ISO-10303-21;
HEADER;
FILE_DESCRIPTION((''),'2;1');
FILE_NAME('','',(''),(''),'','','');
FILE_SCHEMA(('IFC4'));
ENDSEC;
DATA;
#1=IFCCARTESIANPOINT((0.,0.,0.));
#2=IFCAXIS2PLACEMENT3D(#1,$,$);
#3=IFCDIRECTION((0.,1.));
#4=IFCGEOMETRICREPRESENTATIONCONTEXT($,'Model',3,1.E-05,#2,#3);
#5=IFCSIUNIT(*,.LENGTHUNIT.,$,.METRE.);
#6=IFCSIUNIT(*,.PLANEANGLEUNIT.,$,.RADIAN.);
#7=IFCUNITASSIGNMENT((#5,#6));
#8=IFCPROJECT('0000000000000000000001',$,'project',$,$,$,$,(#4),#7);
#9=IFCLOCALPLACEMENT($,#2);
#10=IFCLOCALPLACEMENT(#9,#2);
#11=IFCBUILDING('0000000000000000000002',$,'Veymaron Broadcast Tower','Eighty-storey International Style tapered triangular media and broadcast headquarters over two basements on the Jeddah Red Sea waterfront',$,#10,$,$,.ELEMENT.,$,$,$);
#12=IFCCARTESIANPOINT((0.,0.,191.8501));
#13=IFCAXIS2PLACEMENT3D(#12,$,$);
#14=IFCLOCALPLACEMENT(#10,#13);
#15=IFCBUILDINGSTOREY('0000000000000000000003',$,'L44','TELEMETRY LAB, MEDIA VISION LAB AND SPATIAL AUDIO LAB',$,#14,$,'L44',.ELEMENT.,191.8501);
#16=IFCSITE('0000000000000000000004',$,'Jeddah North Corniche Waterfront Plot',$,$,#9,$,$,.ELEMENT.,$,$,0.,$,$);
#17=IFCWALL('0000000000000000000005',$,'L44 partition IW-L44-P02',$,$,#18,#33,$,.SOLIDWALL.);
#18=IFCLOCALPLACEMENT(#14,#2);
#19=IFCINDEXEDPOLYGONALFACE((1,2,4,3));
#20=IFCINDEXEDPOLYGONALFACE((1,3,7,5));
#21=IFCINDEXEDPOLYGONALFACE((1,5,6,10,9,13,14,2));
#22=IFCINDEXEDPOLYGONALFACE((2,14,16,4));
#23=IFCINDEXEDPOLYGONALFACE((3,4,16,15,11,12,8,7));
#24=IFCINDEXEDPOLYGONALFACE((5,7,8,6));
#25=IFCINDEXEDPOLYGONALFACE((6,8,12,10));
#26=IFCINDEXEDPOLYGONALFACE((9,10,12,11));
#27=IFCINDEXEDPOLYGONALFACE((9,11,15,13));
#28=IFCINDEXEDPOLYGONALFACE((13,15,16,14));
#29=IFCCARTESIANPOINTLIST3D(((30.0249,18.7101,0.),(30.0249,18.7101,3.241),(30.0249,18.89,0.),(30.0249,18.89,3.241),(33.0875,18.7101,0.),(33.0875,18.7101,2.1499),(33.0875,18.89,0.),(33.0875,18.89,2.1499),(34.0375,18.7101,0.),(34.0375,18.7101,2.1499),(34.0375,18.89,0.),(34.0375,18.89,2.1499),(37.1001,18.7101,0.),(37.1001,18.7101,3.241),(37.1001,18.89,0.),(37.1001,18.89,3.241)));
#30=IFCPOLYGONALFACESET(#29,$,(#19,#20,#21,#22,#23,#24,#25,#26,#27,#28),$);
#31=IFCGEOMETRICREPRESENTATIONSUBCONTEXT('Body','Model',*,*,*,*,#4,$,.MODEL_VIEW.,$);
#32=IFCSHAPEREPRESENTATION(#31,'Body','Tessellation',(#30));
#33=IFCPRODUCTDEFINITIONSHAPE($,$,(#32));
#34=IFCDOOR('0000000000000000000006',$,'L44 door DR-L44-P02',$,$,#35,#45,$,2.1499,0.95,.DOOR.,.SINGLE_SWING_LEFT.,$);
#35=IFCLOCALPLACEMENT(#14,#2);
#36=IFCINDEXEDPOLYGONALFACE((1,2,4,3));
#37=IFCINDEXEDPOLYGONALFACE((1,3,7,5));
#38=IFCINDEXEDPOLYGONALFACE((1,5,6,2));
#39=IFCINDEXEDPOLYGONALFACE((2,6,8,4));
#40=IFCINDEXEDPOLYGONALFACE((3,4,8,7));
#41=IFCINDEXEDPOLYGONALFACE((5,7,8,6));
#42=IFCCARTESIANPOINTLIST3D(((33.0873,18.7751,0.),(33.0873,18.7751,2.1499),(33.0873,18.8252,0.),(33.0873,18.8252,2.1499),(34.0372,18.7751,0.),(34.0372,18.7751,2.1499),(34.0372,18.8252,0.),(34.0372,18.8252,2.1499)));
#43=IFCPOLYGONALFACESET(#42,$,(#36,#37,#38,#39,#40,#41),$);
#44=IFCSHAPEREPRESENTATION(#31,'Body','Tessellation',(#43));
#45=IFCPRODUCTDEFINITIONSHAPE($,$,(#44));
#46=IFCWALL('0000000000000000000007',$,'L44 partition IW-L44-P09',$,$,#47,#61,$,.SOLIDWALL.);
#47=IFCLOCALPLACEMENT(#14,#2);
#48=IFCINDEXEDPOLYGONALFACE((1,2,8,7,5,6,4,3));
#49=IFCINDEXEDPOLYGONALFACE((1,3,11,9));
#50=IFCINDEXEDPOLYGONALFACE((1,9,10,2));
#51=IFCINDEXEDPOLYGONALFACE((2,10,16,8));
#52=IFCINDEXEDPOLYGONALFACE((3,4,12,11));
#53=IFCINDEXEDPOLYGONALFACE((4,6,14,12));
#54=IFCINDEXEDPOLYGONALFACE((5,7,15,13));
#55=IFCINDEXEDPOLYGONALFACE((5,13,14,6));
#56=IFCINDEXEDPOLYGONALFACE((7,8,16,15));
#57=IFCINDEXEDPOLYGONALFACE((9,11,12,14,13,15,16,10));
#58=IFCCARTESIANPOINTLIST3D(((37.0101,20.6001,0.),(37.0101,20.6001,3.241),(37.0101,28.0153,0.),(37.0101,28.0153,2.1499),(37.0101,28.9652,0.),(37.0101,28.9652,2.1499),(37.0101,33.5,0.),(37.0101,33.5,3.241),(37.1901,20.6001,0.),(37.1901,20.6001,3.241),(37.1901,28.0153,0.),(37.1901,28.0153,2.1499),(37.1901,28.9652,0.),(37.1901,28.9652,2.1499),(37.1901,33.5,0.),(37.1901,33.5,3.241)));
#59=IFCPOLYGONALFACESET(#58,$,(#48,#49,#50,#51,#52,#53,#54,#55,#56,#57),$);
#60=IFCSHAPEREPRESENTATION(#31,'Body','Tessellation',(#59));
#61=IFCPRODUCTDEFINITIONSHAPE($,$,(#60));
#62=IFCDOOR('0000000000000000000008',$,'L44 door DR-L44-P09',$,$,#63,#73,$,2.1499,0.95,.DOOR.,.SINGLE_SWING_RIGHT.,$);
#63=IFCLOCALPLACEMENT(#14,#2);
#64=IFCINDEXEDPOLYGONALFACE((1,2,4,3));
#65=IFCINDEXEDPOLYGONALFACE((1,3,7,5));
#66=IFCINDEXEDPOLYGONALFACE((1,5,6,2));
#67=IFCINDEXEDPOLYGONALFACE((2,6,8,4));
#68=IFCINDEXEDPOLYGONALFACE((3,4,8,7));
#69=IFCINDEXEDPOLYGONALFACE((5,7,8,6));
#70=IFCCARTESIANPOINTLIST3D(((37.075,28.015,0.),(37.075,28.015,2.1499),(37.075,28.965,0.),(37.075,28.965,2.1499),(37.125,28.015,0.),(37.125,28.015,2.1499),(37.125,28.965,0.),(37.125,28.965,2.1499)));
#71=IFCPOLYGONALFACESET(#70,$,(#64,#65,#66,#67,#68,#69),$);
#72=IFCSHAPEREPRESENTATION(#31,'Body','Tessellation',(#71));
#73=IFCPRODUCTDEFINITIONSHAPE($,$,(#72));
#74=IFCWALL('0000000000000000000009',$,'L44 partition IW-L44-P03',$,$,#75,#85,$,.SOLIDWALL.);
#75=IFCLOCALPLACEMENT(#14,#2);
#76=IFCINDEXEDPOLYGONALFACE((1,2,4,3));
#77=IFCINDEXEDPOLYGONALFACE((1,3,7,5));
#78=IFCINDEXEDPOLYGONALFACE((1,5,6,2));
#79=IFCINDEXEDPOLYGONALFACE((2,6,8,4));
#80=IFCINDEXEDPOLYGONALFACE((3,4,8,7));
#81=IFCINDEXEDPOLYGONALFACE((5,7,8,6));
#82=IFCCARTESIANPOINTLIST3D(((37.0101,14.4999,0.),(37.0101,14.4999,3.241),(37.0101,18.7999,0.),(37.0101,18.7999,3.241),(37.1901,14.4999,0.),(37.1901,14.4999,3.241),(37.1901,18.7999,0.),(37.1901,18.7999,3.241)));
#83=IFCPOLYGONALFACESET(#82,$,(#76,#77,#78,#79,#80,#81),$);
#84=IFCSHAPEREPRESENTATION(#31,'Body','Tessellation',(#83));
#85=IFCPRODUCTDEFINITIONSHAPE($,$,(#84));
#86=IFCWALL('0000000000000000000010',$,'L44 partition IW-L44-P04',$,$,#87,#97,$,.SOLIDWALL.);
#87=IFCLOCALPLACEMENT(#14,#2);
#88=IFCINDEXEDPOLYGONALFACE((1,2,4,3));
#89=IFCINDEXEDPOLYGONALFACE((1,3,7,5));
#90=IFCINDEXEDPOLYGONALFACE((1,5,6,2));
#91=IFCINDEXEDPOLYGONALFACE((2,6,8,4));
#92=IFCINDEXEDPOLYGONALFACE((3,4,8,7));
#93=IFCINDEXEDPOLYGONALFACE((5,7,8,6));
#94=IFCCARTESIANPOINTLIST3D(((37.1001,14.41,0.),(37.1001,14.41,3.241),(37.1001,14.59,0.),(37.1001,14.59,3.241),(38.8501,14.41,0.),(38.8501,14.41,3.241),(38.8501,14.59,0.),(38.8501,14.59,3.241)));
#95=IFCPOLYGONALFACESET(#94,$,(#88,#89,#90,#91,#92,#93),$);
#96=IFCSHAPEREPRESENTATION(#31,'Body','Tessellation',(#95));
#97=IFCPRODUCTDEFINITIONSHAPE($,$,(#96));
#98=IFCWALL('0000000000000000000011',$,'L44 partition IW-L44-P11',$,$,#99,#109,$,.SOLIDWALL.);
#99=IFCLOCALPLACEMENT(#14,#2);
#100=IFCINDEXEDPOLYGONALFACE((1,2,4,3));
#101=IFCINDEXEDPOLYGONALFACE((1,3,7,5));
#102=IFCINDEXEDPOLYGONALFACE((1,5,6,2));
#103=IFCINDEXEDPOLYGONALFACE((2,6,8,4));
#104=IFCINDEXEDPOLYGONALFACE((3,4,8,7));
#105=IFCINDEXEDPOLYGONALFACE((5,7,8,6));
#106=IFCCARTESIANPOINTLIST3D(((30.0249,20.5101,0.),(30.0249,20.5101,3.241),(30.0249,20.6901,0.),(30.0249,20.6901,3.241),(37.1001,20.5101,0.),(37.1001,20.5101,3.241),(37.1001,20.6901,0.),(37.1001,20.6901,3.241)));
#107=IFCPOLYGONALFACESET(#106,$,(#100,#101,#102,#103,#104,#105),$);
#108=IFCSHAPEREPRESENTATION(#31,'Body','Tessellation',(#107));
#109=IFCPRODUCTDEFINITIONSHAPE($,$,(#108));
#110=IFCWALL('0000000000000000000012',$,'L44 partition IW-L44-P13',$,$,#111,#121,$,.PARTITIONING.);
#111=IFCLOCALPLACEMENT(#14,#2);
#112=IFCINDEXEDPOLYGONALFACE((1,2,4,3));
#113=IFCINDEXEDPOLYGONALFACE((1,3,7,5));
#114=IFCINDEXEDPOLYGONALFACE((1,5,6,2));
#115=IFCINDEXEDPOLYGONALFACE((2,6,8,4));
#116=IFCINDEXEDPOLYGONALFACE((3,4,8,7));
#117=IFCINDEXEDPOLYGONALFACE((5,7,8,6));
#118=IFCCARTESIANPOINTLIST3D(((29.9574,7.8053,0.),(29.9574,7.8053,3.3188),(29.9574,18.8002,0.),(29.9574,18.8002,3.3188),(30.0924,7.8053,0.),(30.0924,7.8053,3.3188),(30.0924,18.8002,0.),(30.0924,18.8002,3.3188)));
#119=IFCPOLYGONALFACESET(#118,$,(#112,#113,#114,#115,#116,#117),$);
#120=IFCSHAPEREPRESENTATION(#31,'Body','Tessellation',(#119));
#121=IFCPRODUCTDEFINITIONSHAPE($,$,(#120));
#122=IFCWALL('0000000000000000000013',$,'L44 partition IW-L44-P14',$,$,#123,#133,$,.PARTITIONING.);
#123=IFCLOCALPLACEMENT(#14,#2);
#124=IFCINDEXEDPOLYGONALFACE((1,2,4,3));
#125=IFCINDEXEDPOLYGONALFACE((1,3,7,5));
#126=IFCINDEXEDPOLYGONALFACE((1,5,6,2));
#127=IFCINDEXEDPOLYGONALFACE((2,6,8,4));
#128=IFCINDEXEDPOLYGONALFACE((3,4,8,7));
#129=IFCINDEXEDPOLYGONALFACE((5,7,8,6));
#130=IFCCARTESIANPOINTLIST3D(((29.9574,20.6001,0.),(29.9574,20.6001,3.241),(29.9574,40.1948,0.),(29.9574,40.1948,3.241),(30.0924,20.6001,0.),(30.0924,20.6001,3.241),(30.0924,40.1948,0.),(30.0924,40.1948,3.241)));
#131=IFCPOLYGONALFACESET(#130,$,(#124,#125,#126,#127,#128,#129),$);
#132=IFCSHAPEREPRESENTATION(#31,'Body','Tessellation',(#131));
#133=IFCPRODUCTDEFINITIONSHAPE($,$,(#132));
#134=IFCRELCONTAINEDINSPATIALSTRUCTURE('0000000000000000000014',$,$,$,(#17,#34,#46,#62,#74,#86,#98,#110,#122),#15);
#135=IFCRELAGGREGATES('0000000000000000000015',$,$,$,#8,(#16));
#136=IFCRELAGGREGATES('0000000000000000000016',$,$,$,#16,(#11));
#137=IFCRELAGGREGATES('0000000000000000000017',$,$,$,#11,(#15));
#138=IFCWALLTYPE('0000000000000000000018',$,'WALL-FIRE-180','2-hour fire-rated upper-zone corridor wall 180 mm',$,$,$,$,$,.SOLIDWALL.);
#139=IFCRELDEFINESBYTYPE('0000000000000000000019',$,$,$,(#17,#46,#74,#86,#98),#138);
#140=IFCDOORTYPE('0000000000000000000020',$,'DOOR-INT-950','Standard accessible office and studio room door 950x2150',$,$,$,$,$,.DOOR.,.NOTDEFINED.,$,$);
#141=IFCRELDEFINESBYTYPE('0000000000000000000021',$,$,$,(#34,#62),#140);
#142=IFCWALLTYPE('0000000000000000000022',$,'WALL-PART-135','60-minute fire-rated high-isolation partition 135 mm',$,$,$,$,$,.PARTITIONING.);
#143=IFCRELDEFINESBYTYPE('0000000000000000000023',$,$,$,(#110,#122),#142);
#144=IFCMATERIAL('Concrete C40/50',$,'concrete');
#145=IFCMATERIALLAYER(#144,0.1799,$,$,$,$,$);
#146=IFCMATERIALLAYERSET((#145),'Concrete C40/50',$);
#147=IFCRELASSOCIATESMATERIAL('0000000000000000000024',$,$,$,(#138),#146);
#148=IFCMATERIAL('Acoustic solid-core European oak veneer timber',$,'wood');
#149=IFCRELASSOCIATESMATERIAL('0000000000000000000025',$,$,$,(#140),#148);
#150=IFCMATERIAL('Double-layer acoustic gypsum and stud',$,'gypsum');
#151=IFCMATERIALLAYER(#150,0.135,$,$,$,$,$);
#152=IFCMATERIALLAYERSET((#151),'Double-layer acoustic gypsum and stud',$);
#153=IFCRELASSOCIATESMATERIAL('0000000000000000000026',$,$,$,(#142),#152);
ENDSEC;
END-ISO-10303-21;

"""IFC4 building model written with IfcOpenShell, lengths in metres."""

from ifc_helpers import new_model, si_unit, direction, frame, frame_2d, origin, place, context, subcontext, project, spatial, rectangle, extrude, material, layer, layer_set, type_object, element, fill, save


model = new_model("IFC4")

# Units and contexts
model_context = context("Model", 3, precision=1e-05, world=origin(), true_north=direction((0.0, 1.0)))
body_context = subcontext(model_context, "Body", "Model", "MODEL_VIEW")
ifc_project = project(units=[si_unit("LENGTHUNIT", "METRE"), si_unit("PLANEANGLEUNIT", "RADIAN")], contexts=[model_context])

# Site, building, storey
site_placement = place(None, origin())
site = spatial("IfcSite", under=ifc_project, at=site_placement, Name="Jeddah North Corniche Waterfront Plot", CompositionType="ELEMENT", RefElevation=0.0)
building_placement = place(site_placement, origin())
building = spatial("IfcBuilding", under=site, at=building_placement, Name="Veymaron Broadcast Tower", Description="Eighty-storey International Style tapered triangular media and broadcast headquarters over two basements on the Jeddah Red Sea waterfront", CompositionType="ELEMENT")
storey_placement = place(building_placement, frame((0.0, 0.0, 191.8501)))
storey = spatial("IfcBuildingStorey", under=building, at=storey_placement, Name="L44", Description="TELEMETRY LAB, MEDIA VISION LAB AND SPATIAL AUDIO LAB", LongName="L44", CompositionType="ELEMENT", Elevation=191.8501)

# Walls, openings, doors
ifc_material_1 = material(Name="Concrete C40/50", Category="concrete")
ifc_layer_1 = layer(ifc_material_1, 0.1799)
ifc_layer_set_1 = layer_set([ifc_layer_1], Name="Concrete C40/50")
wall_type_1 = type_object("IfcWallType", Name="WALL-FIRE-180", Description="2-hour fire-rated upper-zone corridor wall 180 mm", PredefinedType="SOLIDWALL", material=ifc_layer_set_1)
wall_1_placement = place(storey_placement, frame((30.0249, 18.8, 0.0), z_axis=(0.0, 0.0, 1.0), x_axis=(1.0, 0.0, 0.0)))
wall_1 = element("IfcWall", 1, at=wall_1_placement, inside=storey, type_object=wall_type_1, Name="L44 partition IW-L44-P02", PredefinedType="SOLIDWALL", context=body_context, shape_type="SweptSolid", body=[
    extrude(rectangle(XDim=7.0752, YDim=0.1799, at=frame_2d((3.5376, 0.0))), origin(), (0.0, 0.0, 1.0), 3.241),
])
opening_1_placement = place(wall_1_placement, frame((3.0625, 0.0, 0.0)))
opening_1 = element("IfcOpeningElement", 2, at=opening_1_placement, cuts=wall_1, PredefinedType="OPENING", context=body_context, shape_type="SweptSolid", body=[
    extrude(rectangle(XDim=0.95, YDim=2.1499, at=frame_2d((0.4751, 1.075))), frame((0.0, 0.1001, 0.0), z_axis=(0.0, -1.0, 0.0), x_axis=(1.0, 0.0, 0.0)), (0.0, 0.0, 1.0), 0.2),
])
ifc_material_2 = material(Name="Acoustic solid-core European oak veneer timber", Category="wood")
door_type = type_object("IfcDoorType", Name="DOOR-INT-950", Description="Standard accessible office and studio room door 950x2150", OperationType="NOTDEFINED", PredefinedType="DOOR", material=ifc_material_2)
door_1_placement = place(opening_1_placement, frame((0.95, 0.0, 0.0), z_axis=(0.0, 0.0, 1.0), x_axis=(-1.0, 0.0, 0.0)))
door_1 = element("IfcDoor", 3, at=door_1_placement, inside=storey, type_object=door_type, Name="L44 door DR-L44-P02", OperationType="SINGLE_SWING_LEFT", OverallHeight=2.1499, OverallWidth=0.95, PredefinedType="DOOR", context=body_context, shape_type="SweptSolid", body=[
    extrude(rectangle(XDim=0.95, YDim=2.1499, at=frame_2d((0.4751, 1.075))), frame((0.0, 0.0249, 0.0), z_axis=(0.0, -1.0, 0.0), x_axis=(1.0, 0.0, 0.0)), (0.0, 0.0, 1.0), 0.05),
])
fill(opening_1, door_1)
wall_2_placement = place(storey_placement, frame((37.1001, 20.6001, 0.0), z_axis=(0.0, 0.0, 1.0), x_axis=(0.0, 1.0, 0.0)))
wall_2 = element("IfcWall", 4, at=wall_2_placement, inside=storey, type_object=wall_type_1, Name="L44 partition IW-L44-P09", PredefinedType="SOLIDWALL", context=body_context, shape_type="SweptSolid", body=[
    extrude(rectangle(XDim=12.8999, YDim=0.1799, at=frame_2d((6.45, 0.0))), origin(), (0.0, 0.0, 1.0), 3.241),
])
opening_2_placement = place(wall_2_placement, frame((7.415, 0.0, 0.0)))
opening_2 = element("IfcOpeningElement", 5, at=opening_2_placement, cuts=wall_2, PredefinedType="OPENING", context=body_context, shape_type="SweptSolid", body=[
    extrude(rectangle(XDim=0.95, YDim=2.1499, at=frame_2d((0.4751, 1.075))), frame((0.0, 0.1001, 0.0), z_axis=(0.0, -1.0, 0.0), x_axis=(1.0, 0.0, 0.0)), (0.0, 0.0, 1.0), 0.2),
])
door_2_placement = place(opening_2_placement, frame((0.95, 0.0, 0.0), z_axis=(0.0, 0.0, 1.0), x_axis=(-1.0, 0.0, 0.0)))
door_2 = element("IfcDoor", 6, at=door_2_placement, inside=storey, type_object=door_type, Name="L44 door DR-L44-P09", OperationType="SINGLE_SWING_RIGHT", OverallHeight=2.1499, OverallWidth=0.95, PredefinedType="DOOR", context=body_context, shape_type="SweptSolid", body=[
    extrude(rectangle(XDim=0.95, YDim=2.1499, at=frame_2d((0.4751, 1.075))), frame((0.0, 0.0249, 0.0), z_axis=(0.0, -1.0, 0.0), x_axis=(1.0, 0.0, 0.0)), (0.0, 0.0, 1.0), 0.05),
])
fill(opening_2, door_2)

# Walls
wall_3_placement = place(storey_placement, frame((37.1001, 14.5, 0.0), z_axis=(0.0, 0.0, 1.0), x_axis=(0.0, 1.0, 0.0)))
element("IfcWall", 7, at=wall_3_placement, inside=storey, type_object=wall_type_1, Name="L44 partition IW-L44-P03", PredefinedType="SOLIDWALL", context=body_context, shape_type="SweptSolid", body=[
    extrude(rectangle(XDim=4.3, YDim=0.1799, at=frame_2d((2.1499, 0.0))), origin(), (0.0, 0.0, 1.0), 3.241),
])
wall_4_placement = place(storey_placement, frame((37.1001, 14.5, 0.0), z_axis=(0.0, 0.0, 1.0), x_axis=(1.0, 0.0, 0.0)))
element("IfcWall", 8, at=wall_4_placement, inside=storey, type_object=wall_type_1, Name="L44 partition IW-L44-P04", PredefinedType="SOLIDWALL", context=body_context, shape_type="SweptSolid", body=[
    extrude(rectangle(XDim=1.75, YDim=0.1799, at=frame_2d((0.875, 0.0))), origin(), (0.0, 0.0, 1.0), 3.241),
])
wall_5_placement = place(storey_placement, frame((30.0249, 20.6001, 0.0), z_axis=(0.0, 0.0, 1.0), x_axis=(1.0, 0.0, 0.0)))
element("IfcWall", 9, at=wall_5_placement, inside=storey, type_object=wall_type_1, Name="L44 partition IW-L44-P11", PredefinedType="SOLIDWALL", context=body_context, shape_type="SweptSolid", body=[
    extrude(rectangle(XDim=7.0752, YDim=0.1799, at=frame_2d((3.5376, 0.0))), origin(), (0.0, 0.0, 1.0), 3.241),
])
ifc_material_3 = material(Name="Double-layer acoustic gypsum and stud", Category="gypsum")
ifc_layer_2 = layer(ifc_material_3, 0.135)
ifc_layer_set_2 = layer_set([ifc_layer_2], Name="Double-layer acoustic gypsum and stud")
wall_type_2 = type_object("IfcWallType", Name="WALL-PART-135", Description="60-minute fire-rated high-isolation partition 135 mm", PredefinedType="PARTITIONING", material=ifc_layer_set_2)
wall_6_placement = place(storey_placement, frame((30.0249, 7.8052, 0.0), z_axis=(0.0, 0.0, 1.0), x_axis=(0.0, 1.0, 0.0)))
element("IfcWall", 10, at=wall_6_placement, inside=storey, type_object=wall_type_2, Name="L44 partition IW-L44-P13", PredefinedType="PARTITIONING", context=body_context, shape_type="SweptSolid", body=[
    extrude(rectangle(XDim=10.9949, YDim=0.135, at=frame_2d((5.4976, 0.0))), origin(), (0.0, 0.0, 1.0), 3.3188),
])
wall_7_placement = place(storey_placement, frame((30.0249, 20.6001, 0.0), z_axis=(0.0, 0.0, 1.0), x_axis=(0.0, 1.0, 0.0)))
element("IfcWall", 11, at=wall_7_placement, inside=storey, type_object=wall_type_2, Name="L44 partition IW-L44-P14", PredefinedType="PARTITIONING", context=body_context, shape_type="SweptSolid", body=[
    extrude(rectangle(XDim=19.5947, YDim=0.135, at=frame_2d((9.7974, 0.0))), origin(), (0.0, 0.0, 1.0), 3.241),
])

save(model, "model.ifc")
